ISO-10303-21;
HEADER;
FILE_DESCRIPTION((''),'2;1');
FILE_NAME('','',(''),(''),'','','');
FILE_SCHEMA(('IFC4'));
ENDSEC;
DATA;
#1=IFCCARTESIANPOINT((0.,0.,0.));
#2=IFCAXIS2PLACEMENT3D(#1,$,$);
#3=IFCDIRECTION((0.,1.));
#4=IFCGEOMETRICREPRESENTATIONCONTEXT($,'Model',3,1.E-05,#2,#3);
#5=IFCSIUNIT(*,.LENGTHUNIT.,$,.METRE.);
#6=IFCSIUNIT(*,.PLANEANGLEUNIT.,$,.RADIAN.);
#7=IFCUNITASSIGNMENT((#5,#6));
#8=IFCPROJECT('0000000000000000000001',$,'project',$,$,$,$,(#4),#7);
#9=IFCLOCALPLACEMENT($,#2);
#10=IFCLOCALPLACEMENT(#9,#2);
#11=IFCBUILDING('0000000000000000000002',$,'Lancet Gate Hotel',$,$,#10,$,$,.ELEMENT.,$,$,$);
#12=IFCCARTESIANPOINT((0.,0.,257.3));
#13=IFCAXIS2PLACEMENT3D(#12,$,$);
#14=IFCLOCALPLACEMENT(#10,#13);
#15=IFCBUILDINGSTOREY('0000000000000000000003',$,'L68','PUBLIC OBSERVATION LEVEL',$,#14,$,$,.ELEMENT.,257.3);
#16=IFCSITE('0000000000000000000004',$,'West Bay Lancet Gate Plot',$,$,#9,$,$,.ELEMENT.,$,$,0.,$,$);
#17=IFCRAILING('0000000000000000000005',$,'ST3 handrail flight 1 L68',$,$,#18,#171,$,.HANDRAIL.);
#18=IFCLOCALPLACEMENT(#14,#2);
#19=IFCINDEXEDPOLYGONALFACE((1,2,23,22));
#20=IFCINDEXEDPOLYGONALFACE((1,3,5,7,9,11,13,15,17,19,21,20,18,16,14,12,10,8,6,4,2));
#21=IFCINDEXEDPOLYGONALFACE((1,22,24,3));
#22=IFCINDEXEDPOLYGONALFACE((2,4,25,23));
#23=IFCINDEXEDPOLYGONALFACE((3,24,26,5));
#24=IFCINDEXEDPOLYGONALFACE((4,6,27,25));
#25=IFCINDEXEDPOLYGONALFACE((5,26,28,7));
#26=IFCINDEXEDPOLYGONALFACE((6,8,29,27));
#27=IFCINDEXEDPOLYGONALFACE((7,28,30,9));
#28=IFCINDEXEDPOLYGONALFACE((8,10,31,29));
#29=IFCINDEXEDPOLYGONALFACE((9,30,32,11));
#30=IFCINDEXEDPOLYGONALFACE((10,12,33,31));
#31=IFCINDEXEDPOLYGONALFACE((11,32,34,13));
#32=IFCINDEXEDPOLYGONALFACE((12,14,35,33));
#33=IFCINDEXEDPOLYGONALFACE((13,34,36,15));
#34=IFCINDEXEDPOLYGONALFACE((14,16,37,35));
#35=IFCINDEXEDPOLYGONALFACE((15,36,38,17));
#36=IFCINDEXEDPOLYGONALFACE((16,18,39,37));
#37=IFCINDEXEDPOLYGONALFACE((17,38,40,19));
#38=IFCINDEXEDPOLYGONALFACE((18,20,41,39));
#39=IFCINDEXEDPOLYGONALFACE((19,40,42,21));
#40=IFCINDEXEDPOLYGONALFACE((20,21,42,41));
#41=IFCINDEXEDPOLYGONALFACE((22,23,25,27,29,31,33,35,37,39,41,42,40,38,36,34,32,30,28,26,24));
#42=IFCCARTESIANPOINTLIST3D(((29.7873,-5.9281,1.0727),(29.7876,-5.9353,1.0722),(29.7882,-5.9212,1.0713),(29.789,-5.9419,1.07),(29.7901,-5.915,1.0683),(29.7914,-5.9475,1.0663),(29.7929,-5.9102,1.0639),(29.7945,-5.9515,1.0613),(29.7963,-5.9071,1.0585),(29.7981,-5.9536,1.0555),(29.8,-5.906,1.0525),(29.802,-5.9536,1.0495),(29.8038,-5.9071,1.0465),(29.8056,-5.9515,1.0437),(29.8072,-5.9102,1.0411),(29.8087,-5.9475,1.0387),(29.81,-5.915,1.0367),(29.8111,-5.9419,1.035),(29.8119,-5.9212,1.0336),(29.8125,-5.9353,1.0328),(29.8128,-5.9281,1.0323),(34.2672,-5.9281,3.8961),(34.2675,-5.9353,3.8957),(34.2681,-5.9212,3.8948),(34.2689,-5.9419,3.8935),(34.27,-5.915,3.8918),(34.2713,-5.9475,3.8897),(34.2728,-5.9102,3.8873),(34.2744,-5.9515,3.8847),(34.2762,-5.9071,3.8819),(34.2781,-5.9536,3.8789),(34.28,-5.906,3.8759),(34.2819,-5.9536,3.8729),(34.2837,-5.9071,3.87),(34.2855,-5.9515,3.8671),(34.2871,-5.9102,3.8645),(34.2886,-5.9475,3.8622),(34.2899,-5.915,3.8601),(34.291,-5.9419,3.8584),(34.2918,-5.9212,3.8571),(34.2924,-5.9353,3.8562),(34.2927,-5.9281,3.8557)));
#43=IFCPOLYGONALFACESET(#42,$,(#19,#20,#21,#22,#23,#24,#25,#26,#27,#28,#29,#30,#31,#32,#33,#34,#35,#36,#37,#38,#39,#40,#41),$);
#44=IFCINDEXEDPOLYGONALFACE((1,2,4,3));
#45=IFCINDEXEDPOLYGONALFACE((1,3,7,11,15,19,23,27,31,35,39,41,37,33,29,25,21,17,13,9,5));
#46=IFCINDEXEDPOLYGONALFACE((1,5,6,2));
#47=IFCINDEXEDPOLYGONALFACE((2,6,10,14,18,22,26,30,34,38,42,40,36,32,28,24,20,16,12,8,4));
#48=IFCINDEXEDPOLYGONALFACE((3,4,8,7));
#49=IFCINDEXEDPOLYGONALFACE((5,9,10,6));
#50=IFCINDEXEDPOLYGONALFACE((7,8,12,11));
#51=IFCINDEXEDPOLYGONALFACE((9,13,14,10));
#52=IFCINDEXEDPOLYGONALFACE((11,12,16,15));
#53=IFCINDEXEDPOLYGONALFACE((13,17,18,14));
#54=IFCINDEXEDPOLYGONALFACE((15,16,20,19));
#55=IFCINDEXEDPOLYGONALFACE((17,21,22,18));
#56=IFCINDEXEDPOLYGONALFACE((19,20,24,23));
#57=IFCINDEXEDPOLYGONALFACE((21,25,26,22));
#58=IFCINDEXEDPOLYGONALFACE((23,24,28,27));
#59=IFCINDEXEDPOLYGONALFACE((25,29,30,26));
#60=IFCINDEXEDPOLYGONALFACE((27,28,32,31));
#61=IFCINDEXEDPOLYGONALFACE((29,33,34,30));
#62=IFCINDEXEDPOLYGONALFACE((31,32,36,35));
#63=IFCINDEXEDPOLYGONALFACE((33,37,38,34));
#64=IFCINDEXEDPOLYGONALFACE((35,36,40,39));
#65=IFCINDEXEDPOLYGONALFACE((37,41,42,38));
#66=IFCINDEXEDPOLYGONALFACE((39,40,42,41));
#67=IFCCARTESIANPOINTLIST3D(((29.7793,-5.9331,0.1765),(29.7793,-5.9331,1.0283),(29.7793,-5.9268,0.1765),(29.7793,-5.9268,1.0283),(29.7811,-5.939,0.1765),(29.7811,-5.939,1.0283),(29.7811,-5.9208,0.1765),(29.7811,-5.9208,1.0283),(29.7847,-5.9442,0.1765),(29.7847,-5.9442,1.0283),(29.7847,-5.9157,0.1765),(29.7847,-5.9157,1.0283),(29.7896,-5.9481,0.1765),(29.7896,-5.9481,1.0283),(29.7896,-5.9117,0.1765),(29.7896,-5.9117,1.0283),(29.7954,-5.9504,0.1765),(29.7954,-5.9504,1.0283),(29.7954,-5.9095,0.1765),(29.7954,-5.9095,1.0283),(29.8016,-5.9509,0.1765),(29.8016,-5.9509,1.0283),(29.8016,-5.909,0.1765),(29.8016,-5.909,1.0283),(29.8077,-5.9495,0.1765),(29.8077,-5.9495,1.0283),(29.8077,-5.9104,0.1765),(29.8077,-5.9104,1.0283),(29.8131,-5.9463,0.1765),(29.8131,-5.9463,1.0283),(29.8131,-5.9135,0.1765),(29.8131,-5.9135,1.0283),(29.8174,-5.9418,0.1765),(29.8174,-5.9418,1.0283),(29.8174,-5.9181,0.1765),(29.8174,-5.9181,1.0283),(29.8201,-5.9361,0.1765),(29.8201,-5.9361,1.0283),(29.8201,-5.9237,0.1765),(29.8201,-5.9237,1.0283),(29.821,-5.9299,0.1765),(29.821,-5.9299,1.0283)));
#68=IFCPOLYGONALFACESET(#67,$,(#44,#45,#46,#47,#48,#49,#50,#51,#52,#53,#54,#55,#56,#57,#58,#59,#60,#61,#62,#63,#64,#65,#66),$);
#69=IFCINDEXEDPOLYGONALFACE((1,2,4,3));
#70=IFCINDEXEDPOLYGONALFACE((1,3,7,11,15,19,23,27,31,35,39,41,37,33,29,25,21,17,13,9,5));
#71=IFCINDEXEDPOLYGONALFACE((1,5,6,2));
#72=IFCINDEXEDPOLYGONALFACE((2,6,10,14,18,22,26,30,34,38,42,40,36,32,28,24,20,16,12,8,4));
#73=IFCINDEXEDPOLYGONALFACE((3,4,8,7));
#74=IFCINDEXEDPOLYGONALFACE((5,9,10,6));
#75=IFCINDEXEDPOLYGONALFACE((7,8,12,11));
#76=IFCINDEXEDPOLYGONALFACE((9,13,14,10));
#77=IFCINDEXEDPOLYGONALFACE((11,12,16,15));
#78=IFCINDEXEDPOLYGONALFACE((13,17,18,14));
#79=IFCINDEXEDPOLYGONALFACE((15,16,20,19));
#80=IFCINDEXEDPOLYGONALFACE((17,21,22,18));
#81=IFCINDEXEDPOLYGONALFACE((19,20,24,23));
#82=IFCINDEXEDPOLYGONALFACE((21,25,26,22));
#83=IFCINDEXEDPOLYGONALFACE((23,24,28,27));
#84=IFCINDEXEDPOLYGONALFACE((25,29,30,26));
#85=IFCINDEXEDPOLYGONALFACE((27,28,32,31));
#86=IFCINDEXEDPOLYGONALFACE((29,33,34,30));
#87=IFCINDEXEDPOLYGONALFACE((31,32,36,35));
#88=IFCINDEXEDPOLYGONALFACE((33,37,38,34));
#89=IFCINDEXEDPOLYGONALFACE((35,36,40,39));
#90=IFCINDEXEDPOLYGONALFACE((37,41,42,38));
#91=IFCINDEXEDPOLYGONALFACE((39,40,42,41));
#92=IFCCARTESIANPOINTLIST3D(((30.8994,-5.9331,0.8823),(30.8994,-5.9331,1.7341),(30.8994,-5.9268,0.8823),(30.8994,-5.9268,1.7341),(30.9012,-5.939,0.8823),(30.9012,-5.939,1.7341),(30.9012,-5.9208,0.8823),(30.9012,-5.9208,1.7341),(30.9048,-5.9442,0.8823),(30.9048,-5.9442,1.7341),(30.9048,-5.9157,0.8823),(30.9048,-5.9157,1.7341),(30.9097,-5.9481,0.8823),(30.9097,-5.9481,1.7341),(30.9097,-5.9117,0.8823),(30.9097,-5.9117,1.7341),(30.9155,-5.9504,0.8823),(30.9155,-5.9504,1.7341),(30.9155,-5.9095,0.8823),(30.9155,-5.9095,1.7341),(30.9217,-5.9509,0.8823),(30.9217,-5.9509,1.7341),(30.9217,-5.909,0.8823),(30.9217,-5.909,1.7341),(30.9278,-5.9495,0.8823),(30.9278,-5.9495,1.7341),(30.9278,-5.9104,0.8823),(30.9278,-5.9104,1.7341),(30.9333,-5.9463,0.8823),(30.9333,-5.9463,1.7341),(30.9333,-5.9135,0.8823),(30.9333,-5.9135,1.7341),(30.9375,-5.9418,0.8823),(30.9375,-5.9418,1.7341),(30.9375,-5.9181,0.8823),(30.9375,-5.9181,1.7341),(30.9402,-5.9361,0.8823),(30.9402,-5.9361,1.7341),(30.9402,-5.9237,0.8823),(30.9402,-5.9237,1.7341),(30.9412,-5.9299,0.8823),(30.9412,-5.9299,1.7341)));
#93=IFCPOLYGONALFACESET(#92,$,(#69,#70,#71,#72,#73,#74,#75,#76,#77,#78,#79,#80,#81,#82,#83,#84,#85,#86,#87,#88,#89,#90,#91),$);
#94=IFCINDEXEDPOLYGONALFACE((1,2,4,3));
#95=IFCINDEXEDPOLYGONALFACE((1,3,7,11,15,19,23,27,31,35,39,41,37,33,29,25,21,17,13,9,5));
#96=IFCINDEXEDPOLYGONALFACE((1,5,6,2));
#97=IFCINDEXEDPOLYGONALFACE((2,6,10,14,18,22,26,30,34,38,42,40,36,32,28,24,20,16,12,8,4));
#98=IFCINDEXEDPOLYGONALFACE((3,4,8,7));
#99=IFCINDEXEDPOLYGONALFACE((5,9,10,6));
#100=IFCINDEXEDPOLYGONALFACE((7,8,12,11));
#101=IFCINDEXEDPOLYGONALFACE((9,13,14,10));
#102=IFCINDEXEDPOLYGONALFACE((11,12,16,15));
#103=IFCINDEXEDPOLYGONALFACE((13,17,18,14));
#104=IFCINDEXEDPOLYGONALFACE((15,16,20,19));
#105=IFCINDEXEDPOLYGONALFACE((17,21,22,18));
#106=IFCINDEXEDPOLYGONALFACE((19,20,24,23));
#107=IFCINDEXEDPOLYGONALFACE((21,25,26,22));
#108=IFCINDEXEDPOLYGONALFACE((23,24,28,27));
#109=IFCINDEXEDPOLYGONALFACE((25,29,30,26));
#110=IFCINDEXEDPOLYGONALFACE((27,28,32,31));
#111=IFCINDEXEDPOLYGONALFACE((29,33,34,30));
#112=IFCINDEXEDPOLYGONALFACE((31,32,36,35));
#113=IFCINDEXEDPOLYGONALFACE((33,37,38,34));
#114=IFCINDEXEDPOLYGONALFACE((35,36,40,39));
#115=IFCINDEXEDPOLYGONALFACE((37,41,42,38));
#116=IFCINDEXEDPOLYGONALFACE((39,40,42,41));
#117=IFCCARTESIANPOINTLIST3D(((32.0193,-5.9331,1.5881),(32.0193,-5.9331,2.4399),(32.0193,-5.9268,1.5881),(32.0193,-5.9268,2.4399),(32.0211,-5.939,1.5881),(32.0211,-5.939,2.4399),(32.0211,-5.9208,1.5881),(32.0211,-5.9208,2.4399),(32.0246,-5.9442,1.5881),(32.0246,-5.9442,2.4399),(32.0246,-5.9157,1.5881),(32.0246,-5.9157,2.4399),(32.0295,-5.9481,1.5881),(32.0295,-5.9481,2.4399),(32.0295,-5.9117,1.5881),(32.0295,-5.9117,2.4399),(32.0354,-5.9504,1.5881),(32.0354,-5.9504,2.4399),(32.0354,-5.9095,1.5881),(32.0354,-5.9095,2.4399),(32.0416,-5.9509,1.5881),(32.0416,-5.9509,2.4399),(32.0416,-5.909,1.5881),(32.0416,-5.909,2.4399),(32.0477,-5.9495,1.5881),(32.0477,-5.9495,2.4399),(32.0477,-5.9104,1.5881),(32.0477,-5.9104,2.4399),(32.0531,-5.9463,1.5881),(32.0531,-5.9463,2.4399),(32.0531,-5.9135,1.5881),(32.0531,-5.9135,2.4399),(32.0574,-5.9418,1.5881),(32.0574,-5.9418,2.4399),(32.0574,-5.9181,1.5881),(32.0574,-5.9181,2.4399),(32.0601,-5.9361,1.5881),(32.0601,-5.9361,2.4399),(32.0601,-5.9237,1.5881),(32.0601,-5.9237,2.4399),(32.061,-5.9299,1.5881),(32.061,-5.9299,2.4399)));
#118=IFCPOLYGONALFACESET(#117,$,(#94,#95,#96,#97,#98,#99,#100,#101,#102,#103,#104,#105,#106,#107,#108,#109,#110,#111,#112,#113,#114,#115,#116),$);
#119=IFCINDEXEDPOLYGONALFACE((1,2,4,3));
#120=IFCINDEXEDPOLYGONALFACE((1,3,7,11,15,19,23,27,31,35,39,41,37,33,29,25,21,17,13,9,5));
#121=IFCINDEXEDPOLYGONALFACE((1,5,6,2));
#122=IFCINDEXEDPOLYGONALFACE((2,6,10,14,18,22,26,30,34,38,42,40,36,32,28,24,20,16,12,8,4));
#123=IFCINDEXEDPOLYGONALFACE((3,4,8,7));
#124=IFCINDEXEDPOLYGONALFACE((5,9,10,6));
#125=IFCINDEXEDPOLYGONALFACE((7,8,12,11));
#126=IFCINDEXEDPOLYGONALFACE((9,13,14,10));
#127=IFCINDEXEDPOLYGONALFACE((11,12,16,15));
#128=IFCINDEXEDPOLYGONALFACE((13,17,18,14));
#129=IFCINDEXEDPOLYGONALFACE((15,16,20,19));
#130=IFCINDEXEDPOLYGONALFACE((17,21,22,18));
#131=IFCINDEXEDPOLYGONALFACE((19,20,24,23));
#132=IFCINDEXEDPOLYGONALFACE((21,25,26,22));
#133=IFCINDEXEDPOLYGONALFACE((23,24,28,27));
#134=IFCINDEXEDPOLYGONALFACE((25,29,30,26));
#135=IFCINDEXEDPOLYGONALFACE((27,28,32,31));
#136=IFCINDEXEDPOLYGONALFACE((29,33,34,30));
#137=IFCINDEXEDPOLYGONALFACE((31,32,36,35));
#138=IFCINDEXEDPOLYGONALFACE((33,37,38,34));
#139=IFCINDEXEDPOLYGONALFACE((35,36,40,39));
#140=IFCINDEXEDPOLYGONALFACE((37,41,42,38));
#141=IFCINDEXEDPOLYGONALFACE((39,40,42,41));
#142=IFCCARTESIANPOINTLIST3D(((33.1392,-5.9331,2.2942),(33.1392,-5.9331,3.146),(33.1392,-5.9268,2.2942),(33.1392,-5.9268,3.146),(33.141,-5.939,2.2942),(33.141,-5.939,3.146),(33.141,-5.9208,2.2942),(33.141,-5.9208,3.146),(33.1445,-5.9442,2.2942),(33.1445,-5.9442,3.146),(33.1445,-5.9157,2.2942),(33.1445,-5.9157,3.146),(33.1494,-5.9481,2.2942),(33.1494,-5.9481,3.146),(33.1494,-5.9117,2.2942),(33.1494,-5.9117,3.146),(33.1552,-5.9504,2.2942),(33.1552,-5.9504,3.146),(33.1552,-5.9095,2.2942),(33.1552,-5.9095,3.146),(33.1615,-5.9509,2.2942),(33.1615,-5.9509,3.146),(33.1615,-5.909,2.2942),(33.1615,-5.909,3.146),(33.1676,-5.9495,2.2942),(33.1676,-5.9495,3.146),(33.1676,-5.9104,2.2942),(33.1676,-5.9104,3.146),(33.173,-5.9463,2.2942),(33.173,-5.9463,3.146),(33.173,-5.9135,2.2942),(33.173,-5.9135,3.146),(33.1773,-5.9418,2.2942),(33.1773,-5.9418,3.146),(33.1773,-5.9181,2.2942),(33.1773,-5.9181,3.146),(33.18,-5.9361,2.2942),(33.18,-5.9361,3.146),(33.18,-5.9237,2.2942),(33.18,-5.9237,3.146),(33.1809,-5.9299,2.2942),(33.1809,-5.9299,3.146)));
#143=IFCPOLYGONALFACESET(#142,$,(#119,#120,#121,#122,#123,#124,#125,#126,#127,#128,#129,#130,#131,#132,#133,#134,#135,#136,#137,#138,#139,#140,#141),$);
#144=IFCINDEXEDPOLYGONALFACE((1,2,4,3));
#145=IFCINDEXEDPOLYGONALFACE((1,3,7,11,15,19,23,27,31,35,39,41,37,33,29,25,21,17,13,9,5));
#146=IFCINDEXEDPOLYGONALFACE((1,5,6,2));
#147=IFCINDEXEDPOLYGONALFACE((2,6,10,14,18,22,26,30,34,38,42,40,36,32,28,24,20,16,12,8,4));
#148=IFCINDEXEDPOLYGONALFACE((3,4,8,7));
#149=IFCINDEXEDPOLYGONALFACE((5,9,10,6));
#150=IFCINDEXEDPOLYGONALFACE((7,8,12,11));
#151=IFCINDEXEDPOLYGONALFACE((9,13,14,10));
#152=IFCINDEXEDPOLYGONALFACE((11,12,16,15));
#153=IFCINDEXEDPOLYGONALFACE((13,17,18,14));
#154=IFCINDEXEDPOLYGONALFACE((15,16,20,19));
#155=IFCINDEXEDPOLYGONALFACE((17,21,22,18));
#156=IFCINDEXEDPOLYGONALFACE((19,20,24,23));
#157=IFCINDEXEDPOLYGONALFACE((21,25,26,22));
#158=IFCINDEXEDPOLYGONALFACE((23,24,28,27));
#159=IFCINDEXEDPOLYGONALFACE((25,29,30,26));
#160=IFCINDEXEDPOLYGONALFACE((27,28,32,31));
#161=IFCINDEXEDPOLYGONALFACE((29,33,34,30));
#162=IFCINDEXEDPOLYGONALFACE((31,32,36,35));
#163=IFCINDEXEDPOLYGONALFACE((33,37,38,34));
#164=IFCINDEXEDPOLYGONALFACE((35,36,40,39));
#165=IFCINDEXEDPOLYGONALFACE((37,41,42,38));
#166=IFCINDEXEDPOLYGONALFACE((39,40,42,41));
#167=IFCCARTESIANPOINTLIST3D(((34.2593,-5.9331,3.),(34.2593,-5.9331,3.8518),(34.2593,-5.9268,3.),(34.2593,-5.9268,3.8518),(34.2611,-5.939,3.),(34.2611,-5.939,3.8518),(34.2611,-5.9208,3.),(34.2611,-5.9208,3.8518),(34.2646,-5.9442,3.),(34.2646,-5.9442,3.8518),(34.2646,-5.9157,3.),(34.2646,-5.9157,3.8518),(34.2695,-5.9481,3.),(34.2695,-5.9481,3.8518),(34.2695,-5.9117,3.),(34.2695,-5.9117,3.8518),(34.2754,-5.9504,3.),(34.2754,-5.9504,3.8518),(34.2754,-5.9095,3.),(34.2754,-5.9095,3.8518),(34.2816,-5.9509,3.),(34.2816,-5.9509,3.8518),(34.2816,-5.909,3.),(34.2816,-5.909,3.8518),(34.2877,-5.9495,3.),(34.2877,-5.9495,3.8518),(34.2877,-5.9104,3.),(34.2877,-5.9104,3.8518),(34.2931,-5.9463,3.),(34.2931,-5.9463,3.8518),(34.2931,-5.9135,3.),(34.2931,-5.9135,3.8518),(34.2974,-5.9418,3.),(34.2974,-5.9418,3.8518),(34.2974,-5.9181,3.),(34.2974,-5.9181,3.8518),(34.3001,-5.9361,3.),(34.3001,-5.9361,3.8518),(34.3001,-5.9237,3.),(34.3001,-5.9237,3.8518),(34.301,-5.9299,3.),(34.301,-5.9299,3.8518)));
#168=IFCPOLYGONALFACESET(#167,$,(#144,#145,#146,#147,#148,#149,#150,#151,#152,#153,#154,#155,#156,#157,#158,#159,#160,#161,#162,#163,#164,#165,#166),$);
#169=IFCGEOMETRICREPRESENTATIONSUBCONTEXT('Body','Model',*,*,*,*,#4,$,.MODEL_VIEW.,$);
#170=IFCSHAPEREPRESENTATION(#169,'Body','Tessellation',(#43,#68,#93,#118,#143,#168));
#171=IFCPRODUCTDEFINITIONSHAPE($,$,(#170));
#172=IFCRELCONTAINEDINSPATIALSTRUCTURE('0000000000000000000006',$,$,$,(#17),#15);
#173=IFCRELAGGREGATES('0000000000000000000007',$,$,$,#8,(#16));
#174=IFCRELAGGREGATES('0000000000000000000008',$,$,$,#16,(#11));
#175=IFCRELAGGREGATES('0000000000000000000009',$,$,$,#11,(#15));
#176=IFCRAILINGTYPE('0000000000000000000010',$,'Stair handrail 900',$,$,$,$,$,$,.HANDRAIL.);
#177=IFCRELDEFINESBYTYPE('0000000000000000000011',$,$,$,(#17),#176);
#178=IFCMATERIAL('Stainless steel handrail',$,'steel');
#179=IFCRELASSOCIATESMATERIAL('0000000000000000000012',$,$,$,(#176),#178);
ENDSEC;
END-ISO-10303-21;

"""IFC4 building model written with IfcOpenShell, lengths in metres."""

from ifc_helpers import new_model, si_unit, direction, frame, origin, origin_2d, place, context, subcontext, project, spatial, circle, extrude, material, type_object, element, save


model = new_model("IFC4")

# Units and contexts
model_context = context("Model", 3, precision=1e-05, world=origin(), true_north=direction((0.0, 1.0)))
body_context = subcontext(model_context, "Body", "Model", "MODEL_VIEW")
ifc_project = project(units=[si_unit("LENGTHUNIT", "METRE"), si_unit("PLANEANGLEUNIT", "RADIAN")], contexts=[model_context])

# Site, building, storey
site_placement = place(None, origin())
site = spatial("IfcSite", under=ifc_project, at=site_placement, Name="West Bay Lancet Gate Plot", CompositionType="ELEMENT", RefElevation=0.0)
building_placement = place(site_placement, origin())
building = spatial("IfcBuilding", under=site, at=building_placement, Name="Lancet Gate Hotel", CompositionType="ELEMENT")
storey_placement = place(building_placement, frame((0.0, 0.0, 257.3)))
storey = spatial("IfcBuildingStorey", under=building, at=storey_placement, Name="L68", Description="PUBLIC OBSERVATION LEVEL", CompositionType="ELEMENT", Elevation=257.3)

# Railing
ifc_material_1 = material(Name="Stainless steel handrail", Category="steel")
railing_type = type_object("IfcRailingType", Name="Stair handrail 900", PredefinedType="HANDRAIL", material=ifc_material_1)
railing_1_placement = place(storey_placement, frame((29.8, -5.9299, 0.1765)))
element("IfcRailing", 1, at=railing_1_placement, inside=storey, type_object=railing_type, Name="ST3 handrail flight 1 L68", PredefinedType="HANDRAIL", context=body_context, shape_type="SweptSolid", body=[
    extrude(circle(Radius=0.0239, at=origin_2d()), frame((0.0, 0.0, 0.876), z_axis=(0.845998, 0.0, 0.533186), x_axis=(0.0, 1.0, 0.0)), (0.0, 0.0, 1.0), 5.2954),
    extrude(circle(Radius=0.021, at=origin_2d()), origin(), (0.0, 0.0, 1.0), 0.8518),
    extrude(circle(Radius=0.021, at=origin_2d()), frame((1.1201, 0.0, 0.7058)), (0.0, 0.0, 1.0), 0.8518),
    extrude(circle(Radius=0.021, at=origin_2d()), frame((2.24, 0.0, 1.4116)), (0.0, 0.0, 1.0), 0.8518),
    extrude(circle(Radius=0.021, at=origin_2d()), frame((3.3599, 0.0, 2.1177)), (0.0, 0.0, 1.0), 0.8518),
    extrude(circle(Radius=0.021, at=origin_2d()), frame((4.48, 0.0, 2.8235)), (0.0, 0.0, 1.0), 0.8518),
])

save(model, "model.ifc")
